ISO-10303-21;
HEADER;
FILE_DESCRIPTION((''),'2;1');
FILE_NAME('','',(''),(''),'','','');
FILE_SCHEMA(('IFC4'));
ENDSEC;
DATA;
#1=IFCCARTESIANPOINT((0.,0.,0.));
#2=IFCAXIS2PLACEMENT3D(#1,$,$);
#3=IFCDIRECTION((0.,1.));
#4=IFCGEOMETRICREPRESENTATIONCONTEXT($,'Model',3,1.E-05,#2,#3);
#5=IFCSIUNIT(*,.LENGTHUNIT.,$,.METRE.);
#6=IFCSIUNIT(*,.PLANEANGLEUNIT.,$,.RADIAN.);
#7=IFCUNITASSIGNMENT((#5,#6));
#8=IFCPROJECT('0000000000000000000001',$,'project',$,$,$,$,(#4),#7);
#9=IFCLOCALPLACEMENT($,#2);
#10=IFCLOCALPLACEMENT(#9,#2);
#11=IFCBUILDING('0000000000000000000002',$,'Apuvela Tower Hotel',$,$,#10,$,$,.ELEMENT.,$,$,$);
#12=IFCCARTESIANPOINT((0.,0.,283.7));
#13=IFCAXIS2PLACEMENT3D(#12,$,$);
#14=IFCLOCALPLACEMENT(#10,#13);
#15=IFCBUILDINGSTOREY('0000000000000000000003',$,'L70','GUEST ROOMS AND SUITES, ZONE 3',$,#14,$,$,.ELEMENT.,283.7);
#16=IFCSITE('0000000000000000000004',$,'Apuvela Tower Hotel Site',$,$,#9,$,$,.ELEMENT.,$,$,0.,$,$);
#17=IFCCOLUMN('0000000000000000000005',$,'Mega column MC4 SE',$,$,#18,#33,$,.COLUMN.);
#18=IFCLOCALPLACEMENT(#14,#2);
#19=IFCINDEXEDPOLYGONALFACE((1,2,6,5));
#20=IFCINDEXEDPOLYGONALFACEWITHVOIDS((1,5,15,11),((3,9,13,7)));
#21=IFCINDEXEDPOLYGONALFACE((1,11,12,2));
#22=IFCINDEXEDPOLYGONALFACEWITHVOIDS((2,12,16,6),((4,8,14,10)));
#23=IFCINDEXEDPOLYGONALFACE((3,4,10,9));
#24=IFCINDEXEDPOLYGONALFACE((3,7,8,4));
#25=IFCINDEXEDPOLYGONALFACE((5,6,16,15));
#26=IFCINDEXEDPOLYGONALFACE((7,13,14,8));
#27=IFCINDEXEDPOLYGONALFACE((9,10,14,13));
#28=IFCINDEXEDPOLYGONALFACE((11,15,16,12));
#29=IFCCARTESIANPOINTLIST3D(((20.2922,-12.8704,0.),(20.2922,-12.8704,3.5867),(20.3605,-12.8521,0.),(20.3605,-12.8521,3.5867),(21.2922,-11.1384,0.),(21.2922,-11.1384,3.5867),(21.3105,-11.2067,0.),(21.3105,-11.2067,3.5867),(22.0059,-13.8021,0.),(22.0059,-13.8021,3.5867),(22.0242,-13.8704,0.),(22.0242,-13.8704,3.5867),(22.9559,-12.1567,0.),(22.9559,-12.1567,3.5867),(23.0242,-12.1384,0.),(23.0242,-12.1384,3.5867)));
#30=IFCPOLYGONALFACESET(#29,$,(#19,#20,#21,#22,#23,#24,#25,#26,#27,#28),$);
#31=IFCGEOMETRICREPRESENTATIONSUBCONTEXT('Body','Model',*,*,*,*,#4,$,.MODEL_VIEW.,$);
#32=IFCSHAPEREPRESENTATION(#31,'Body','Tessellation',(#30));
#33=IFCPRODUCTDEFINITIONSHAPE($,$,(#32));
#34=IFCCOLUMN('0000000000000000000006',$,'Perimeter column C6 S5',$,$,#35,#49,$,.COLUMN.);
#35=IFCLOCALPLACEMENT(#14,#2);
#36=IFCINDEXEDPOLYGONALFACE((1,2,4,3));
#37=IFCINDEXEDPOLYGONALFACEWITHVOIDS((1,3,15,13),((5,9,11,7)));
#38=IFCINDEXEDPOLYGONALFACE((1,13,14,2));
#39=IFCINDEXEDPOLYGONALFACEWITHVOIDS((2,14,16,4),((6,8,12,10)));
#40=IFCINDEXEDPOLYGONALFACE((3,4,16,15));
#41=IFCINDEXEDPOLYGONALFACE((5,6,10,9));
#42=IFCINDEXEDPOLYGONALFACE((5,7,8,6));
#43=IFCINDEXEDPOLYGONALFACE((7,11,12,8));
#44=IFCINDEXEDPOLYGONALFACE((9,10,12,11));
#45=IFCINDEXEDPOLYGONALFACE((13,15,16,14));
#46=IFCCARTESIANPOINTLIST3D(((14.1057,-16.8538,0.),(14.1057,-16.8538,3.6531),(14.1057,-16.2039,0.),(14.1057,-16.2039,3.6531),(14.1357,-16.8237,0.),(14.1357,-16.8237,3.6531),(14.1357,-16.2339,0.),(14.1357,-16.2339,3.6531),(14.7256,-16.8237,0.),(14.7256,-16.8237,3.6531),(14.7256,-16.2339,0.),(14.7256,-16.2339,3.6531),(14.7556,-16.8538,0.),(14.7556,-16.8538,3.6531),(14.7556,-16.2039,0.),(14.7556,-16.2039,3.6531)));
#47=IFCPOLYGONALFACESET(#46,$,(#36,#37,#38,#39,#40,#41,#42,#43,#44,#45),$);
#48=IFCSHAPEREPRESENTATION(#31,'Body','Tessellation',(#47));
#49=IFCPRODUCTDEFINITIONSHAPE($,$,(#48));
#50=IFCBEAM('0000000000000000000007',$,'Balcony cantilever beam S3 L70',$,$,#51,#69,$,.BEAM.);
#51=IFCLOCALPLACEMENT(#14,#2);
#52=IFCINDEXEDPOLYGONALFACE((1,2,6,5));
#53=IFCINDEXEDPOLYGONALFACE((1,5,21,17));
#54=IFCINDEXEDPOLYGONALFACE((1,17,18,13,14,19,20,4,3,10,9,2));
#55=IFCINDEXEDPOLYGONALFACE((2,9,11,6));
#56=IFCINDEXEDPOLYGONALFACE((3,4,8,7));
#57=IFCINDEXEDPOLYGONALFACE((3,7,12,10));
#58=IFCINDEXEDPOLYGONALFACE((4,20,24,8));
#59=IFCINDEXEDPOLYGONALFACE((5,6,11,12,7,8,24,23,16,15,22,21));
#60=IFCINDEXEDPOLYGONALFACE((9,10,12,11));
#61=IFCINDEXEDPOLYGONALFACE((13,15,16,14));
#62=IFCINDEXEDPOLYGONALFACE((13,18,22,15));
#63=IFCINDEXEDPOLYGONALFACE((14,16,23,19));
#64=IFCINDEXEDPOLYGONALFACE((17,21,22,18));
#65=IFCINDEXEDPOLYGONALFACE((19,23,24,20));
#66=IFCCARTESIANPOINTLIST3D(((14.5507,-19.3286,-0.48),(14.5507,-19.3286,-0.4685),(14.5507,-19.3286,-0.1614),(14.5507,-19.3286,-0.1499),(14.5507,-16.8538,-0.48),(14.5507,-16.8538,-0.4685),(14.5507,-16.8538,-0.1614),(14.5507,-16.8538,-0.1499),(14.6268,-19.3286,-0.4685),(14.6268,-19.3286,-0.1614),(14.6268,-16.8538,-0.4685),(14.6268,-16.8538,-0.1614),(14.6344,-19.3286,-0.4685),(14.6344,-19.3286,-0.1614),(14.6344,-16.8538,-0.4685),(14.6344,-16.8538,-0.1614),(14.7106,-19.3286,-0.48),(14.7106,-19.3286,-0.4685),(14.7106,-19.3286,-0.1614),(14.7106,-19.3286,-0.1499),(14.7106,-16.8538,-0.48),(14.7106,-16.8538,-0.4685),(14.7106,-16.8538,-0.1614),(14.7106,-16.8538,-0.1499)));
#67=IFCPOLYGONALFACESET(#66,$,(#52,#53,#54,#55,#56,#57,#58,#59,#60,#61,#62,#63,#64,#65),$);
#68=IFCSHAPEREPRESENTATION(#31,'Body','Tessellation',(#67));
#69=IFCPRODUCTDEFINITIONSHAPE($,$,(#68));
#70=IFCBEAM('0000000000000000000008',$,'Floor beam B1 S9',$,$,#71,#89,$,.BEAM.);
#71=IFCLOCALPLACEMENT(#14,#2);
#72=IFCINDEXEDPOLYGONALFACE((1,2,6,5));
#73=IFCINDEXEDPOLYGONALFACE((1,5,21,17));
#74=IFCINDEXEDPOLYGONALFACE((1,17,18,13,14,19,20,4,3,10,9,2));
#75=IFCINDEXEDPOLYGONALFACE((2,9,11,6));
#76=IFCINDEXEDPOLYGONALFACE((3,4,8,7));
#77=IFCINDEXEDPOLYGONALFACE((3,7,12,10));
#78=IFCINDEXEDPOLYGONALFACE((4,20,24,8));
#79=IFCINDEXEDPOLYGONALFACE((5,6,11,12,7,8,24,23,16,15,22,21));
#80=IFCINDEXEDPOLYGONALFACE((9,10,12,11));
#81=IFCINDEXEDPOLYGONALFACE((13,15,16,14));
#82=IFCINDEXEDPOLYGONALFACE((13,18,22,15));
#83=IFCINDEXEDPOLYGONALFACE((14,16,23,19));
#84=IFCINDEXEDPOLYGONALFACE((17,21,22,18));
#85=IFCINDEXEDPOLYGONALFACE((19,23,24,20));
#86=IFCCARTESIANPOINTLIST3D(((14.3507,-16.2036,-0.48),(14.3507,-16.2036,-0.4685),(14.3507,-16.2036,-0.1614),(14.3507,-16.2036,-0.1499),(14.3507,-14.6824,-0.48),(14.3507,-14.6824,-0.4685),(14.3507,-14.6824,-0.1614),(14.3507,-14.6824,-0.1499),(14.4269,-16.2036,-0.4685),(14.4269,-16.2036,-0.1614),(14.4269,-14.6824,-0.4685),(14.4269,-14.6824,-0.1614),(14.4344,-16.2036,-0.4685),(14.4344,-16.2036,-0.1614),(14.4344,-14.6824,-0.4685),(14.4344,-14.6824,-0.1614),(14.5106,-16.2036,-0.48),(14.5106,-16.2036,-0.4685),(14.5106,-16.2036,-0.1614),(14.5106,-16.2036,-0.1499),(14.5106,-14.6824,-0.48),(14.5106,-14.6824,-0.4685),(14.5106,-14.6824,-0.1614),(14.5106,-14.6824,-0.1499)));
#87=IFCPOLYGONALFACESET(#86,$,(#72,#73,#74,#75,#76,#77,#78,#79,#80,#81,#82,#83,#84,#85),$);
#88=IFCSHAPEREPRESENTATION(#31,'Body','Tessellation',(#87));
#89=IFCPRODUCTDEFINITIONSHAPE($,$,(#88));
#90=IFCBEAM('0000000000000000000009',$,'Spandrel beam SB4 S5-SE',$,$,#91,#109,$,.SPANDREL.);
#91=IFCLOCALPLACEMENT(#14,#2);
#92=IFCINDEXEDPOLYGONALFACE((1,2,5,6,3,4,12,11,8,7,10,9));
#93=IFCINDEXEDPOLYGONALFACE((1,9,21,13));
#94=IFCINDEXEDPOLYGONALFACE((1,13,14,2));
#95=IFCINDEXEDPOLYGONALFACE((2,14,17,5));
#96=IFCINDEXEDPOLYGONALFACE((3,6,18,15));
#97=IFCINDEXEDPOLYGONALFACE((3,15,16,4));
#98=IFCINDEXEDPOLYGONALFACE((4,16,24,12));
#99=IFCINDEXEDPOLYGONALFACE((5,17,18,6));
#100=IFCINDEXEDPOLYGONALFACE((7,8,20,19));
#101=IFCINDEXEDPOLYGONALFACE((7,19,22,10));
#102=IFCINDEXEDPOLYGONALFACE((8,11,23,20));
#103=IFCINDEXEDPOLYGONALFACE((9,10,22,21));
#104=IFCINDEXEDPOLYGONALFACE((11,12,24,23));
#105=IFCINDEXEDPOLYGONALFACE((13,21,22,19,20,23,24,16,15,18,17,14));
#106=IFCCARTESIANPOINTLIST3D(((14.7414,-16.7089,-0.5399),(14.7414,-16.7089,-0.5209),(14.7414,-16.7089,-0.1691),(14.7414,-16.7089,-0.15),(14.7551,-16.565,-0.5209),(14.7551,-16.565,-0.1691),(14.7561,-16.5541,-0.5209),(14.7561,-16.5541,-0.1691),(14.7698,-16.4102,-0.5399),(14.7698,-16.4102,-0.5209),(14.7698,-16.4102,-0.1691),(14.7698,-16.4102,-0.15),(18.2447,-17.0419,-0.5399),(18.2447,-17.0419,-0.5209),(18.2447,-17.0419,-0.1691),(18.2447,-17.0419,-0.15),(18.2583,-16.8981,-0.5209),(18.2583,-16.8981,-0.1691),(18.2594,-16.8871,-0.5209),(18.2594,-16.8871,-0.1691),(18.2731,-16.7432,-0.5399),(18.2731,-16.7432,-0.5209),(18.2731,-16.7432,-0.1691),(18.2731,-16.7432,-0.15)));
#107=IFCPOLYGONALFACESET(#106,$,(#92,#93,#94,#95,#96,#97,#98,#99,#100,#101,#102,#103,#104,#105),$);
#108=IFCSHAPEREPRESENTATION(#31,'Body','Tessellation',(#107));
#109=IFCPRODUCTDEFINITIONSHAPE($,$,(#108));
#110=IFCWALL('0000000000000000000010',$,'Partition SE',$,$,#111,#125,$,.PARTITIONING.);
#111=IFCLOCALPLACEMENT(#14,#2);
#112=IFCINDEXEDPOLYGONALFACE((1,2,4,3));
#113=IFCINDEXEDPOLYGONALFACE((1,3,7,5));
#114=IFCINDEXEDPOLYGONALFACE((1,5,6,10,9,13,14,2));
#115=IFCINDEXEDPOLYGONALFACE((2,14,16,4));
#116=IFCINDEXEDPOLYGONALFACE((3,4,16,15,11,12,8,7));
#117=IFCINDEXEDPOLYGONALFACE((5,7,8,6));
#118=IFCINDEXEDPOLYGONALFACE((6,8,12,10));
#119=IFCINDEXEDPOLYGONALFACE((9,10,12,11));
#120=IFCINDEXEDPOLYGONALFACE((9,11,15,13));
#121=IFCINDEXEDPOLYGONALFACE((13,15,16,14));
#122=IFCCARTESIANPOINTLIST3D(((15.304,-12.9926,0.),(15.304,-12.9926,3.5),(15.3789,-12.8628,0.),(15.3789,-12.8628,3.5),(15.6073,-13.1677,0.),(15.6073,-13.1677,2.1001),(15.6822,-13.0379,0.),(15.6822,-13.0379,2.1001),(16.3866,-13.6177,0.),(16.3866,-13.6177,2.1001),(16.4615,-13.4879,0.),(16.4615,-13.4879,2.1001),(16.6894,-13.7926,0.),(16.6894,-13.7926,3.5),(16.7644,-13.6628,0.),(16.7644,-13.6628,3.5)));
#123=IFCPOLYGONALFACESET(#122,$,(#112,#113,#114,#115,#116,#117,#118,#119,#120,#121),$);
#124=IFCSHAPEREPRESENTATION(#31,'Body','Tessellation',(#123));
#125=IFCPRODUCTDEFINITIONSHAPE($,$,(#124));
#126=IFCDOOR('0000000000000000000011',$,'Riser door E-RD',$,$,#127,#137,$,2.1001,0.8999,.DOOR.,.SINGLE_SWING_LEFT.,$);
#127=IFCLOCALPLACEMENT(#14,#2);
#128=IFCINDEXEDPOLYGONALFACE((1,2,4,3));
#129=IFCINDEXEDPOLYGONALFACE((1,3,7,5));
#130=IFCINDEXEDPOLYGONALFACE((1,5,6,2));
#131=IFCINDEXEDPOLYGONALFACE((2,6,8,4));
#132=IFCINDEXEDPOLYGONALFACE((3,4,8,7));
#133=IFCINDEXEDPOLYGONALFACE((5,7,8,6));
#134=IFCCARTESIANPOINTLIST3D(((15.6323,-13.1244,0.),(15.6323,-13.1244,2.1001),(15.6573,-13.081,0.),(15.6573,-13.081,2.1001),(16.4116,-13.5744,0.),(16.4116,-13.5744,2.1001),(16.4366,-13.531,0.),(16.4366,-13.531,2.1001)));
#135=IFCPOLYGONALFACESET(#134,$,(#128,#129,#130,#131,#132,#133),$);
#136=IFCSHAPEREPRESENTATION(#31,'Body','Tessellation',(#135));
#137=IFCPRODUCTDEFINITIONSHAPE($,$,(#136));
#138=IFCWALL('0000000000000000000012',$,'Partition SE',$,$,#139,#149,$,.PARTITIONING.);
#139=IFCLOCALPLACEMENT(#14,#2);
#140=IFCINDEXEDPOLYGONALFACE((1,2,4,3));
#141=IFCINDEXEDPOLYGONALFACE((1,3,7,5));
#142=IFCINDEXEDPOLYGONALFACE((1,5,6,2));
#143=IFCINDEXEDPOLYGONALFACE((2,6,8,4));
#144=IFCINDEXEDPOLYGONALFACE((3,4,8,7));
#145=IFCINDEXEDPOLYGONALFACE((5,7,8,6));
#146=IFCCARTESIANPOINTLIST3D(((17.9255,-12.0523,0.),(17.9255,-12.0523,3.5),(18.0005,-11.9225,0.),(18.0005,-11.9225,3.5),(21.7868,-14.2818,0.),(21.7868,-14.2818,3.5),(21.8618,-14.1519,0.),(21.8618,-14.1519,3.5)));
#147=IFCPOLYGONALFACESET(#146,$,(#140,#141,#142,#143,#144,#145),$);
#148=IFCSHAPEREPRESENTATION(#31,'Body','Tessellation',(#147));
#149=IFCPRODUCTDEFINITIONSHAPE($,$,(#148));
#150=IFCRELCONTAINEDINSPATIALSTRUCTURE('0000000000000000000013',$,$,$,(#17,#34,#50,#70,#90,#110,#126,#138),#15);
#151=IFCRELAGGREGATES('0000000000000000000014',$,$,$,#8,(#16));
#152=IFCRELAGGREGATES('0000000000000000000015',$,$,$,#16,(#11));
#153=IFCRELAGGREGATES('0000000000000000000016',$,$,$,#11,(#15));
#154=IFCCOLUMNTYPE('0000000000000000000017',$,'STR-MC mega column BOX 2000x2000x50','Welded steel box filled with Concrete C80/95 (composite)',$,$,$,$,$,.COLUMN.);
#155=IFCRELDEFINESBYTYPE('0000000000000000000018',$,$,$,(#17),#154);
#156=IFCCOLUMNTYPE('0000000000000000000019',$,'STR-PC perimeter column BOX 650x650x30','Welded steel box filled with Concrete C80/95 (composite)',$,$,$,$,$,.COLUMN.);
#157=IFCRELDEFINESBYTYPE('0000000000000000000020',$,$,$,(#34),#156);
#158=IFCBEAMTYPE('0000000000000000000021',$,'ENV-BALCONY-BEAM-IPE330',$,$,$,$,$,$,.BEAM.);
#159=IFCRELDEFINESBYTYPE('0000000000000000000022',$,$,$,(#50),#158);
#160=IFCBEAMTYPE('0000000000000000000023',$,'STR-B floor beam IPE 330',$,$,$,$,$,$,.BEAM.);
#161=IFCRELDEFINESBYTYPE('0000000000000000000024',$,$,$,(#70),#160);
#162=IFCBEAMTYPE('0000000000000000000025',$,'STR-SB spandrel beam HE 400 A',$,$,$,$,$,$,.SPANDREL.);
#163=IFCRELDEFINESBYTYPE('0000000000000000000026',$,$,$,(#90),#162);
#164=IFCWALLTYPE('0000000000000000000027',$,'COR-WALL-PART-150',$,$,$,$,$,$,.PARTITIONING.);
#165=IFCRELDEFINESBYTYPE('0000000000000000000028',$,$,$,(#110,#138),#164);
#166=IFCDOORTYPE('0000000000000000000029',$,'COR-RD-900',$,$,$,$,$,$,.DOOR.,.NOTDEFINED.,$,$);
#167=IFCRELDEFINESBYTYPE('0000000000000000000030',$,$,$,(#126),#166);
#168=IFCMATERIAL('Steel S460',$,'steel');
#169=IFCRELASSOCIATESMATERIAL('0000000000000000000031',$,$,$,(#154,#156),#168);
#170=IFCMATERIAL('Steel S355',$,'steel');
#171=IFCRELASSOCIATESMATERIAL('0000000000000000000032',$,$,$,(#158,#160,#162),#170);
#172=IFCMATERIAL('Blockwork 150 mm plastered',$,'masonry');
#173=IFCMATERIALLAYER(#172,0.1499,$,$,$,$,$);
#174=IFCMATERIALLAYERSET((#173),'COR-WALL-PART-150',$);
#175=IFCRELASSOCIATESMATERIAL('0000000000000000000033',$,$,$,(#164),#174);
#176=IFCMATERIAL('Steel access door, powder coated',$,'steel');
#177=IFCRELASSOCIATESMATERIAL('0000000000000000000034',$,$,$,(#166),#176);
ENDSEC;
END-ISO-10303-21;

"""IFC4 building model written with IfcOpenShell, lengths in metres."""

from ifc_helpers import new_model, si_unit, direction, frame, frame_2d, origin, origin_2d, place, context, subcontext, project, spatial, rectangle, hollow_rectangle, i_section, extrude, boolean, halfspace, material, layer, layer_set, material_profile, profile_set, type_object, element, fill, save


model = new_model("IFC4")

# Units and contexts
model_context = context("Model", 3, precision=1e-05, world=origin(), true_north=direction((0.0, 1.0)))
body_context = subcontext(model_context, "Body", "Model", "MODEL_VIEW")
ifc_project = project(units=[si_unit("LENGTHUNIT", "METRE"), si_unit("PLANEANGLEUNIT", "RADIAN")], contexts=[model_context])

# Site, building, storey
site_placement = place(None, origin())
site = spatial("IfcSite", under=ifc_project, at=site_placement, Name="Apuvela Tower Hotel Site", CompositionType="ELEMENT", RefElevation=0.0)
building_placement = place(site_placement, origin())
building = spatial("IfcBuilding", under=site, at=building_placement, Name="Apuvela Tower Hotel", CompositionType="ELEMENT")
storey_placement = place(building_placement, frame((0.0, 0.0, 283.7)))
storey = spatial("IfcBuildingStorey", under=building, at=storey_placement, Name="L70", Description="GUEST ROOMS AND SUITES, ZONE 3", CompositionType="ELEMENT", Elevation=283.7)

# Columns
ifc_material_1 = material(Name="Steel S460", Category="steel")
ifc_material_profile_1 = material_profile(ifc_material_1, hollow_rectangle(XDim=2.0, YDim=2.0, WallThickness=0.05, at=origin_2d()), Name="BOX 2000x2000x50")
ifc_material_2 = material(Name="Concrete C80/95", Category="concrete")
ifc_material_profile_2 = material_profile(ifc_material_2, rectangle(XDim=1.8999, YDim=1.8999, at=origin_2d()), Name="Concrete C80/95 infill")
ifc_profile_set_1 = profile_set([ifc_material_profile_1, ifc_material_profile_2], Name="Steel S460")
column_type_1 = type_object("IfcColumnType", Name="STR-MC mega column BOX 2000x2000x50", Description="Welded steel box filled with Concrete C80/95 (composite)", PredefinedType="COLUMN", material=ifc_profile_set_1)
column_1_placement = place(storey_placement, frame((21.6582, -12.5044, 0.0), z_axis=(0.0, 0.0, 1.0), x_axis=(0.5, 0.866025, 0.0)))
element("IfcColumn", 1, at=column_1_placement, inside=storey, type_object=column_type_1, Name="Mega column MC4 SE", PredefinedType="COLUMN", context=body_context, shape_type="SweptSolid", body=[
    boolean("DIFFERENCE", extrude(hollow_rectangle(XDim=2.0, YDim=2.0, WallThickness=0.05, at=origin_2d()), origin(), (0.0, 0.0, 1.0), 3.7), halfspace(frame((0.0, 0.0, 3.5867), z_axis=(0.0, 0.0, 1.0), x_axis=(1.0, 0.0, 0.0)), False)),
])
ifc_material_profile_3 = material_profile(ifc_material_1, hollow_rectangle(XDim=0.6499, YDim=0.6499, WallThickness=0.03, at=origin_2d()), Name="BOX 650x650x30")
ifc_material_profile_4 = material_profile(ifc_material_2, rectangle(XDim=0.5901, YDim=0.5901, at=origin_2d()), Name="Concrete C80/95 infill")
ifc_profile_set_2 = profile_set([ifc_material_profile_3, ifc_material_profile_4], Name="Steel S460")
column_type_2 = type_object("IfcColumnType", Name="STR-PC perimeter column BOX 650x650x30", Description="Welded steel box filled with Concrete C80/95 (composite)", PredefinedType="COLUMN", material=ifc_profile_set_2)
column_2_placement = place(storey_placement, frame((14.4307, -16.5288, 0.0), z_axis=(0.0, 0.0, 1.0), x_axis=(-1.0, 0.0, 0.0)))
element("IfcColumn", 2, at=column_2_placement, inside=storey, type_object=column_type_2, Name="Perimeter column C6 S5", PredefinedType="COLUMN", context=body_context, shape_type="SweptSolid", body=[
    boolean("DIFFERENCE", extrude(hollow_rectangle(XDim=0.6499, YDim=0.6499, WallThickness=0.03, at=origin_2d()), origin(), (0.0, 0.0, 1.0), 3.7), halfspace(frame((0.0, 0.0, 3.6531), z_axis=(0.0, 0.0, 1.0), x_axis=(1.0, 0.0, 0.0)), False)),
])

# Beams
ifc_material_3 = material(Name="Steel S355", Category="steel")
ifc_material_profile_5 = material_profile(ifc_material_3, i_section(OverallWidth=0.1599, OverallDepth=0.3301, WebThickness=0.0076, FlangeThickness=0.0115, at=origin_2d()), Name="IPE 330")
ifc_profile_set_3 = profile_set([ifc_material_profile_5], Name="Steel S355")
beam_type_1 = type_object("IfcBeamType", Name="ENV-BALCONY-BEAM-IPE330", PredefinedType="BEAM", material=ifc_profile_set_3)
beam_1_placement = place(storey_placement, frame((14.6306, -16.8538, -0.3149), z_axis=(0.0, -1.0, 0.0), x_axis=(1.0, 0.0, 0.0)))
element("IfcBeam", 3, at=beam_1_placement, inside=storey, type_object=beam_type_1, Name="Balcony cantilever beam S3 L70", PredefinedType="BEAM", context=body_context, shape_type="SweptSolid", body=[
    extrude(i_section(OverallWidth=0.1599, OverallDepth=0.3301, WebThickness=0.0076, FlangeThickness=0.0115, at=origin_2d()), origin(), (0.0, 0.0, 1.0), 2.4749),
])
ifc_material_profile_6 = material_profile(ifc_material_3, i_section(OverallWidth=0.1599, OverallDepth=0.3301, WebThickness=0.0076, FlangeThickness=0.0115, at=origin_2d()), Name="IPE 330")
ifc_profile_set_4 = profile_set([ifc_material_profile_6], Name="Steel S355")
beam_type_2 = type_object("IfcBeamType", Name="STR-B floor beam IPE 330", PredefinedType="BEAM", material=ifc_profile_set_4)
beam_2_placement = place(storey_placement, frame((14.4307, -16.2036, -0.3149), z_axis=(0.0, 1.0, 0.0), x_axis=(-1.0, 0.0, 0.0)))
element("IfcBeam", 4, at=beam_2_placement, inside=storey, type_object=beam_type_2, Name="Floor beam B1 S9", PredefinedType="BEAM", context=body_context, shape_type="SweptSolid", body=[
    extrude(i_section(OverallWidth=0.1599, OverallDepth=0.3301, WebThickness=0.0076, FlangeThickness=0.0115, at=origin_2d()), origin(), (0.0, 0.0, 1.0), 1.5212),
])
ifc_material_profile_7 = material_profile(ifc_material_3, i_section(OverallWidth=0.3, OverallDepth=0.3899, WebThickness=0.011, FlangeThickness=0.019, at=origin_2d()), Name="HE 400 A")
ifc_profile_set_5 = profile_set([ifc_material_profile_7], Name="Steel S355")
beam_type_3 = type_object("IfcBeamType", Name="STR-SB spandrel beam HE 400 A", PredefinedType="SPANDREL", material=ifc_profile_set_5)
beam_3_placement = place(storey_placement, frame((14.7556, -16.5596, -0.345), z_axis=(0.995512, -0.094632, 0.0), x_axis=(0.094632, 0.995512, 0.0)))
element("IfcBeam", 5, at=beam_3_placement, inside=storey, type_object=beam_type_3, Name="Spandrel beam SB4 S5-SE", PredefinedType="SPANDREL", context=body_context, shape_type="SweptSolid", body=[
    extrude(i_section(OverallWidth=0.3, OverallDepth=0.3899, WebThickness=0.011, FlangeThickness=0.019, at=origin_2d()), origin(), (0.0, 0.0, 1.0), 3.519),
])

# Wall, opening, door
ifc_material_4 = material(Name="Blockwork 150 mm plastered", Category="masonry")
ifc_layer_1 = layer(ifc_material_4, 0.1499)
ifc_layer_set_1 = layer_set([ifc_layer_1], Name="COR-WALL-PART-150")
wall_type_1 = type_object("IfcWallType", Name="COR-WALL-PART-150", PredefinedType="PARTITIONING", material=ifc_layer_set_1)
wall_1_placement = place(storey_placement, frame((15.3416, -12.9277, 0.0), z_axis=(0.0, 0.0, 1.0), x_axis=(0.86599, -0.500061, 0.0)))
wall_1 = element("IfcWall", 6, at=wall_1_placement, inside=storey, type_object=wall_type_1, Name="Partition SE", PredefinedType="PARTITIONING", context=body_context, shape_type="SweptSolid", body=[
    extrude(rectangle(XDim=1.5999, YDim=0.1499, at=frame_2d((0.7998, 0.0))), origin(), (0.0, 0.0, 1.0), 3.5),
])
opening_1_placement = place(wall_1_placement, frame((0.3501, 0.0, 0.0)))
opening_1 = element("IfcOpeningElement", 7, at=opening_1_placement, cuts=wall_1, PredefinedType="OPENING", context=body_context, shape_type="SweptSolid", body=[
    extrude(rectangle(XDim=0.8999, YDim=2.1001, at=frame_2d((0.45, 1.05))), frame((0.0, 0.085, 0.0), z_axis=(0.0, -1.0, 0.0), x_axis=(1.0, 0.0, 0.0)), (0.0, 0.0, 1.0), 0.1699),
])
ifc_material_5 = material(Name="Steel access door, powder coated", Category="steel")
door_type_1 = type_object("IfcDoorType", Name="COR-RD-900", OperationType="NOTDEFINED", PredefinedType="DOOR", material=ifc_material_5)
door_1_placement = place(opening_1_placement, frame((0.8999, 0.0, 0.0), z_axis=(0.0, 0.0, 1.0), x_axis=(-1.0, 0.0, 0.0)))
door_1 = element("IfcDoor", 8, at=door_1_placement, inside=storey, type_object=door_type_1, Name="Riser door E-RD", OperationType="SINGLE_SWING_LEFT", OverallHeight=2.1001, OverallWidth=0.8999, PredefinedType="DOOR", context=body_context, shape_type="SweptSolid", body=[
    extrude(rectangle(XDim=0.8999, YDim=2.1001, at=frame_2d((0.45, 1.05))), frame((0.0, 0.0249, 0.0), z_axis=(0.0, -1.0, 0.0), x_axis=(1.0, 0.0, 0.0)), (0.0, 0.0, 1.0), 0.05),
])
fill(opening_1, door_1)

# Wall
wall_2_placement = place(storey_placement, frame((17.9629, -11.9873, 0.0), z_axis=(0.0, 0.0, 1.0), x_axis=(0.866011, -0.500026, 0.0)))
element("IfcWall", 9, at=wall_2_placement, inside=storey, type_object=wall_type_1, Name="Partition SE", PredefinedType="PARTITIONING", context=body_context, shape_type="SweptSolid", body=[
    extrude(rectangle(XDim=4.4587, YDim=0.1499, at=frame_2d((2.2295, 0.0))), origin(), (0.0, 0.0, 1.0), 3.5),
])

save(model, "model.ifc")
